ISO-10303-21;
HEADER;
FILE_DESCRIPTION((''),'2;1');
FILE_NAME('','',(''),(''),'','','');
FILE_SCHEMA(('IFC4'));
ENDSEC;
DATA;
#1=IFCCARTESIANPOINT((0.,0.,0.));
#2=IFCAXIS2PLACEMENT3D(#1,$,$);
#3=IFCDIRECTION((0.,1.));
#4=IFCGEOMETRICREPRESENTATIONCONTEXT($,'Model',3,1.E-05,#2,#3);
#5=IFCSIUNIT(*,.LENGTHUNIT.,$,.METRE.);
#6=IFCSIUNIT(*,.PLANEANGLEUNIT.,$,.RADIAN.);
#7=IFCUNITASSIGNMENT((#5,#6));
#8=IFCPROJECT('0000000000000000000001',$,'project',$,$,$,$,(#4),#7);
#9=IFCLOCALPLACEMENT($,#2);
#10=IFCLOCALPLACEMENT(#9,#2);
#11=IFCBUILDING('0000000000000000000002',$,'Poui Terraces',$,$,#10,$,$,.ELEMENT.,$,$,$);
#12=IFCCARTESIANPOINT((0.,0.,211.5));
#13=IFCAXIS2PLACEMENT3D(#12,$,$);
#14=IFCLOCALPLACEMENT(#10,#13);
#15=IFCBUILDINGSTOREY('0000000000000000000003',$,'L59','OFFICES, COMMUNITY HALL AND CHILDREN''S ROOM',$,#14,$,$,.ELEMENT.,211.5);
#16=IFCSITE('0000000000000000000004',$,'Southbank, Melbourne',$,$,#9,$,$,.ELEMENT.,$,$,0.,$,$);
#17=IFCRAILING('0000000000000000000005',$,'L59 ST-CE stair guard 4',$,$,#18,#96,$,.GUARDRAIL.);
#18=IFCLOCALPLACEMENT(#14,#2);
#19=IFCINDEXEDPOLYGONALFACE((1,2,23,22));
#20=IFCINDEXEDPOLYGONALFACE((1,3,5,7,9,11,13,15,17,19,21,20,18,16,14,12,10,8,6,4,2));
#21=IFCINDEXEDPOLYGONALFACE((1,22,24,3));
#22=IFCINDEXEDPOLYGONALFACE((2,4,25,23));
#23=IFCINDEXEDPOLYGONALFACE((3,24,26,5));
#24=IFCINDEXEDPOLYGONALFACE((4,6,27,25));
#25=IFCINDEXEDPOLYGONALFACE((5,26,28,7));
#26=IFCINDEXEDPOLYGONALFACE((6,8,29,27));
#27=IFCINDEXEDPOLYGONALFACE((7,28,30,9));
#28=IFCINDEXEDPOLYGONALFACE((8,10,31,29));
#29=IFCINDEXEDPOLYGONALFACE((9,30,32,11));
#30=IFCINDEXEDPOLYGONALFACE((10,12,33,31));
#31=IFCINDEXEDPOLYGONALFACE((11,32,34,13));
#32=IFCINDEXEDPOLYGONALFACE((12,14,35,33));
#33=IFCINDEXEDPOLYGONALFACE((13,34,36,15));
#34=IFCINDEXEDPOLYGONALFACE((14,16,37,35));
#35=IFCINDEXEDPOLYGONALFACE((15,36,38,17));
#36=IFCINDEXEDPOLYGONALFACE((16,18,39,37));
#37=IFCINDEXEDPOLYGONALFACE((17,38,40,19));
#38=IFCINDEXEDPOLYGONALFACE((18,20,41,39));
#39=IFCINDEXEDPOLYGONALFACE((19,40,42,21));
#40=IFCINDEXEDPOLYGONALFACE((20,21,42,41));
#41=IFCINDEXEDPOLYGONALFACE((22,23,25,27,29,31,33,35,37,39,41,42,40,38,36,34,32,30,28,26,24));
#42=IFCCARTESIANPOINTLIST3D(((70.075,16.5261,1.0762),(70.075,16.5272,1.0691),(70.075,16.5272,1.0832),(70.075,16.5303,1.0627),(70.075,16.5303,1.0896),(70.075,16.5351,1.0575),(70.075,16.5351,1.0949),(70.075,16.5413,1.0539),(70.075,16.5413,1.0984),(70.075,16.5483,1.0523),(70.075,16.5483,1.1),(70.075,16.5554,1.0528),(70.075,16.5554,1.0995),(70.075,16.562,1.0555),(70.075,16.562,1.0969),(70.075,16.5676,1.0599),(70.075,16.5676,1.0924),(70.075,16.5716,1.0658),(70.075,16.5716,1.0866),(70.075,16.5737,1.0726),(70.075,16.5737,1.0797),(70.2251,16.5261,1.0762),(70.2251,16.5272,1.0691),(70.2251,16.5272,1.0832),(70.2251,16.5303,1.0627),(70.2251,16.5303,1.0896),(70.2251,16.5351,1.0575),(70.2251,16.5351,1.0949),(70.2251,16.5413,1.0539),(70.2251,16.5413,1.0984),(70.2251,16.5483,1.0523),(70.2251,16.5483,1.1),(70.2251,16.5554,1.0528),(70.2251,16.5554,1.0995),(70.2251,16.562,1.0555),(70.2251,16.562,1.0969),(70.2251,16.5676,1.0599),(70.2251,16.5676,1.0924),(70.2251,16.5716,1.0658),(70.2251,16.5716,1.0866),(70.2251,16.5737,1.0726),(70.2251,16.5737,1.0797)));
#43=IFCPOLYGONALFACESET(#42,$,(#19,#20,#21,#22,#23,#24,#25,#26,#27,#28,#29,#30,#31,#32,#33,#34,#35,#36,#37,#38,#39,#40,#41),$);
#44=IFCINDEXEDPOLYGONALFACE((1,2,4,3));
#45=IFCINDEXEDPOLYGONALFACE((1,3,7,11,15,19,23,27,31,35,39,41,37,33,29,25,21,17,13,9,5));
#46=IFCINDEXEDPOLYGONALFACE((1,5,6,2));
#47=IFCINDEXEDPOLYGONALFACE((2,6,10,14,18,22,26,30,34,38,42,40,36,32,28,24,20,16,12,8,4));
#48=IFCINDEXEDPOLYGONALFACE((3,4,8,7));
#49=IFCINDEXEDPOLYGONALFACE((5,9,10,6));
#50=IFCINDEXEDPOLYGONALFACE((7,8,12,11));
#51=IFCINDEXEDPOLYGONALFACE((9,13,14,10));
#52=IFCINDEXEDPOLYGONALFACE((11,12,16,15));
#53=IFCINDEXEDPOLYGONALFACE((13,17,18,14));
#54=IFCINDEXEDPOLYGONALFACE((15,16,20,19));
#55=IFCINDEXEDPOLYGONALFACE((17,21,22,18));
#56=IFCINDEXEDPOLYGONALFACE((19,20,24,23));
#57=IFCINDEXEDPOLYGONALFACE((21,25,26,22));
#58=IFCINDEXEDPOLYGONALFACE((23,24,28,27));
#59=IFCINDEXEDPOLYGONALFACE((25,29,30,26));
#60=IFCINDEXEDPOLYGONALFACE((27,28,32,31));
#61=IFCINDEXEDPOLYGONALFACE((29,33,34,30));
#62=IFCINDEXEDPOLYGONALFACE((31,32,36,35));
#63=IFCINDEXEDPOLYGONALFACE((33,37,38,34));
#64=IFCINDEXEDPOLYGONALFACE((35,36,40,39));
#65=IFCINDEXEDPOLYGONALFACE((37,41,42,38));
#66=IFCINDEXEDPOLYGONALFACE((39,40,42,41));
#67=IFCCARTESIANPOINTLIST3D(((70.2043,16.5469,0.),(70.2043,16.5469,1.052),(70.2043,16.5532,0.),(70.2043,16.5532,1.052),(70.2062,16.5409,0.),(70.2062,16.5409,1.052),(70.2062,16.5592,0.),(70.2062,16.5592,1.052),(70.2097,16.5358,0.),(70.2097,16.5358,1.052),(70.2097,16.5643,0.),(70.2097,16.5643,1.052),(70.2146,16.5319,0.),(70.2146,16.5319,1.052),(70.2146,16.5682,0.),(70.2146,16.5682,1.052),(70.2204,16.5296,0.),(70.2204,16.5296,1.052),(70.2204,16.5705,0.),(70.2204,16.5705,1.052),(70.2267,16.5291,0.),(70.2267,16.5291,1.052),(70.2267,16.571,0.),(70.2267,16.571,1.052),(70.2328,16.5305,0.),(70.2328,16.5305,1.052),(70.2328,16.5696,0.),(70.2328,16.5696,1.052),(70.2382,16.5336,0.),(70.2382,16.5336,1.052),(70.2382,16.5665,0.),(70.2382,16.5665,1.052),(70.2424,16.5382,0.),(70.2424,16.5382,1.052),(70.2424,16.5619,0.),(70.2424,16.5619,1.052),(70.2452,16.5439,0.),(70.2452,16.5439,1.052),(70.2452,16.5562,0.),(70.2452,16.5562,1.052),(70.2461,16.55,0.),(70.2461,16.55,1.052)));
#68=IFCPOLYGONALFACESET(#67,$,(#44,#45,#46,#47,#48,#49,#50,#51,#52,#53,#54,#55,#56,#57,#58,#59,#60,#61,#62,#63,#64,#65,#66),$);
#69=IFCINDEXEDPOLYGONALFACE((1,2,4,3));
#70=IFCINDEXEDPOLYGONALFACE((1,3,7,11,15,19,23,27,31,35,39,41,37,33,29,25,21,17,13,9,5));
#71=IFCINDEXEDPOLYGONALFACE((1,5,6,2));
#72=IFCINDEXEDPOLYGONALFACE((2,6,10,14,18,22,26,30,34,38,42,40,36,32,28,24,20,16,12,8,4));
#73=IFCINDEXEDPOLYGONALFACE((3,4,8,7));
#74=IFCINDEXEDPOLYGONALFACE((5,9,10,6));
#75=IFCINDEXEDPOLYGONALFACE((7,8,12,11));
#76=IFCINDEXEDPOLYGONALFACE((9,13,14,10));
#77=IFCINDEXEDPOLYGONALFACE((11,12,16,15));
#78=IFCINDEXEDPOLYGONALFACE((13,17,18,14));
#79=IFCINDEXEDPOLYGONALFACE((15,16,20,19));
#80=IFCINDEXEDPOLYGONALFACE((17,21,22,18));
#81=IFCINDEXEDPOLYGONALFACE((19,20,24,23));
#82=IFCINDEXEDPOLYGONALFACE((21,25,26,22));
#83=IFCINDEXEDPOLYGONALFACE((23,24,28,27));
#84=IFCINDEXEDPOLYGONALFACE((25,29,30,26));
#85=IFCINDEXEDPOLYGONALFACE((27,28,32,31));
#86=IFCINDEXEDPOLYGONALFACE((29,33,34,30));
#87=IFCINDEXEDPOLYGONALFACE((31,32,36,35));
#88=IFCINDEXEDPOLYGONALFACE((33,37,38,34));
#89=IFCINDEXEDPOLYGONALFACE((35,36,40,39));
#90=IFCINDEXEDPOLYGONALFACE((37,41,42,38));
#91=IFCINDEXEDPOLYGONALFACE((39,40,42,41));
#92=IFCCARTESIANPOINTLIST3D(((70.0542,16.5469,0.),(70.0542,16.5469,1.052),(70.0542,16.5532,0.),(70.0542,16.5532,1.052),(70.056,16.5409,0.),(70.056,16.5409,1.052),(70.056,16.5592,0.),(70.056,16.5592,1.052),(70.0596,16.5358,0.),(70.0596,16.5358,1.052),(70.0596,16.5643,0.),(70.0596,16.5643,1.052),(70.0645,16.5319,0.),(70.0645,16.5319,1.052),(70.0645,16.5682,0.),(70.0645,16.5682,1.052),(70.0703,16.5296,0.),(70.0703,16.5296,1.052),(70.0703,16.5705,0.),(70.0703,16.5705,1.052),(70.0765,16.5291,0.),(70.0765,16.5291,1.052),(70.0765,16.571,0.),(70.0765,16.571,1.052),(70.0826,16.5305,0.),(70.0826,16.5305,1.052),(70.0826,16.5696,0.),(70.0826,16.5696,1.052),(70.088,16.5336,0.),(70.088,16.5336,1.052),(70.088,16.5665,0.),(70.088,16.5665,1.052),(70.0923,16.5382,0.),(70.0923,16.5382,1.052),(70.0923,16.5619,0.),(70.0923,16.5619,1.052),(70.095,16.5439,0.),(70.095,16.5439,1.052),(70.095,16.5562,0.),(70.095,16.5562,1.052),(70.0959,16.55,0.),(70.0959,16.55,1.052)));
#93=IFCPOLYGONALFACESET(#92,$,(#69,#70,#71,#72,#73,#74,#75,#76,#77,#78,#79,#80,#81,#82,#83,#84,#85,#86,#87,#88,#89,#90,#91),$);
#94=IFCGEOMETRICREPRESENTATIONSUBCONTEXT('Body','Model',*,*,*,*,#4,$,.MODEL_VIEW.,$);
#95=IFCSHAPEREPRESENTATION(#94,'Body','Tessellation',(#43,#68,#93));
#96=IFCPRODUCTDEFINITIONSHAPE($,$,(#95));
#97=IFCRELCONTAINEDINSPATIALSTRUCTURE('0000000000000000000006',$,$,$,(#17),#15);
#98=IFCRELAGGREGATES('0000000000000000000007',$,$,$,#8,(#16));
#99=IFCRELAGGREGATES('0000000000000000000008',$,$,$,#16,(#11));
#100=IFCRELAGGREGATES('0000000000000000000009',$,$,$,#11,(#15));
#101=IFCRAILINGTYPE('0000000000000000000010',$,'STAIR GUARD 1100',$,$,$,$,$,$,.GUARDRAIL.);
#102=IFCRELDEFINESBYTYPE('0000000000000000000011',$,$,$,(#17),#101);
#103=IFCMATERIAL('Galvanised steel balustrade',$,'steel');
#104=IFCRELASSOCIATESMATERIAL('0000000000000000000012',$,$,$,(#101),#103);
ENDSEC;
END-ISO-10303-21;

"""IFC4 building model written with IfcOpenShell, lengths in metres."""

from ifc_helpers import new_model, si_unit, direction, frame, origin, origin_2d, place, context, subcontext, project, spatial, circle, extrude, material, type_object, element, save


model = new_model("IFC4")

# Units and contexts
model_context = context("Model", 3, precision=1e-05, world=origin(), true_north=direction((0.0, 1.0)))
body_context = subcontext(model_context, "Body", "Model", "MODEL_VIEW")
ifc_project = project(units=[si_unit("LENGTHUNIT", "METRE"), si_unit("PLANEANGLEUNIT", "RADIAN")], contexts=[model_context])

# Site, building, storey
site_placement = place(None, origin())
site = spatial("IfcSite", under=ifc_project, at=site_placement, Name="Southbank, Melbourne", CompositionType="ELEMENT", RefElevation=0.0)
building_placement = place(site_placement, origin())
building = spatial("IfcBuilding", under=site, at=building_placement, Name="Poui Terraces", CompositionType="ELEMENT")
storey_placement = place(building_placement, frame((0.0, 0.0, 211.5)))
storey = spatial("IfcBuildingStorey", under=building, at=storey_placement, Name="L59", Description="OFFICES, COMMUNITY HALL AND CHILDREN'S ROOM", CompositionType="ELEMENT", Elevation=211.5)

# Railing
ifc_material_1 = material(Name="Galvanised steel balustrade", Category="steel")
railing_type_1 = type_object("IfcRailingType", Name="STAIR GUARD 1100", PredefinedType="GUARDRAIL", material=ifc_material_1)
railing_1_placement = place(storey_placement, frame((70.2251, 16.55, 0.0)))
element("IfcRailing", 1, at=railing_1_placement, inside=storey, type_object=railing_type_1, Name="L59 ST-CE stair guard 4", PredefinedType="GUARDRAIL", context=body_context, shape_type="SweptSolid", body=[
    extrude(circle(Radius=0.0239, at=origin_2d()), frame((0.0, 0.0, 1.0762), z_axis=(-1.0, 0.0, 0.0), x_axis=(0.0, -1.0, 0.0)), (0.0, 0.0, 1.0), 0.1501),
    extrude(circle(Radius=0.021, at=origin_2d()), origin(), (0.0, 0.0, 1.0), 1.052),
    extrude(circle(Radius=0.021, at=origin_2d()), frame((-0.1501, 0.0, 0.0)), (0.0, 0.0, 1.0), 1.052),
])

save(model, "model.ifc")
